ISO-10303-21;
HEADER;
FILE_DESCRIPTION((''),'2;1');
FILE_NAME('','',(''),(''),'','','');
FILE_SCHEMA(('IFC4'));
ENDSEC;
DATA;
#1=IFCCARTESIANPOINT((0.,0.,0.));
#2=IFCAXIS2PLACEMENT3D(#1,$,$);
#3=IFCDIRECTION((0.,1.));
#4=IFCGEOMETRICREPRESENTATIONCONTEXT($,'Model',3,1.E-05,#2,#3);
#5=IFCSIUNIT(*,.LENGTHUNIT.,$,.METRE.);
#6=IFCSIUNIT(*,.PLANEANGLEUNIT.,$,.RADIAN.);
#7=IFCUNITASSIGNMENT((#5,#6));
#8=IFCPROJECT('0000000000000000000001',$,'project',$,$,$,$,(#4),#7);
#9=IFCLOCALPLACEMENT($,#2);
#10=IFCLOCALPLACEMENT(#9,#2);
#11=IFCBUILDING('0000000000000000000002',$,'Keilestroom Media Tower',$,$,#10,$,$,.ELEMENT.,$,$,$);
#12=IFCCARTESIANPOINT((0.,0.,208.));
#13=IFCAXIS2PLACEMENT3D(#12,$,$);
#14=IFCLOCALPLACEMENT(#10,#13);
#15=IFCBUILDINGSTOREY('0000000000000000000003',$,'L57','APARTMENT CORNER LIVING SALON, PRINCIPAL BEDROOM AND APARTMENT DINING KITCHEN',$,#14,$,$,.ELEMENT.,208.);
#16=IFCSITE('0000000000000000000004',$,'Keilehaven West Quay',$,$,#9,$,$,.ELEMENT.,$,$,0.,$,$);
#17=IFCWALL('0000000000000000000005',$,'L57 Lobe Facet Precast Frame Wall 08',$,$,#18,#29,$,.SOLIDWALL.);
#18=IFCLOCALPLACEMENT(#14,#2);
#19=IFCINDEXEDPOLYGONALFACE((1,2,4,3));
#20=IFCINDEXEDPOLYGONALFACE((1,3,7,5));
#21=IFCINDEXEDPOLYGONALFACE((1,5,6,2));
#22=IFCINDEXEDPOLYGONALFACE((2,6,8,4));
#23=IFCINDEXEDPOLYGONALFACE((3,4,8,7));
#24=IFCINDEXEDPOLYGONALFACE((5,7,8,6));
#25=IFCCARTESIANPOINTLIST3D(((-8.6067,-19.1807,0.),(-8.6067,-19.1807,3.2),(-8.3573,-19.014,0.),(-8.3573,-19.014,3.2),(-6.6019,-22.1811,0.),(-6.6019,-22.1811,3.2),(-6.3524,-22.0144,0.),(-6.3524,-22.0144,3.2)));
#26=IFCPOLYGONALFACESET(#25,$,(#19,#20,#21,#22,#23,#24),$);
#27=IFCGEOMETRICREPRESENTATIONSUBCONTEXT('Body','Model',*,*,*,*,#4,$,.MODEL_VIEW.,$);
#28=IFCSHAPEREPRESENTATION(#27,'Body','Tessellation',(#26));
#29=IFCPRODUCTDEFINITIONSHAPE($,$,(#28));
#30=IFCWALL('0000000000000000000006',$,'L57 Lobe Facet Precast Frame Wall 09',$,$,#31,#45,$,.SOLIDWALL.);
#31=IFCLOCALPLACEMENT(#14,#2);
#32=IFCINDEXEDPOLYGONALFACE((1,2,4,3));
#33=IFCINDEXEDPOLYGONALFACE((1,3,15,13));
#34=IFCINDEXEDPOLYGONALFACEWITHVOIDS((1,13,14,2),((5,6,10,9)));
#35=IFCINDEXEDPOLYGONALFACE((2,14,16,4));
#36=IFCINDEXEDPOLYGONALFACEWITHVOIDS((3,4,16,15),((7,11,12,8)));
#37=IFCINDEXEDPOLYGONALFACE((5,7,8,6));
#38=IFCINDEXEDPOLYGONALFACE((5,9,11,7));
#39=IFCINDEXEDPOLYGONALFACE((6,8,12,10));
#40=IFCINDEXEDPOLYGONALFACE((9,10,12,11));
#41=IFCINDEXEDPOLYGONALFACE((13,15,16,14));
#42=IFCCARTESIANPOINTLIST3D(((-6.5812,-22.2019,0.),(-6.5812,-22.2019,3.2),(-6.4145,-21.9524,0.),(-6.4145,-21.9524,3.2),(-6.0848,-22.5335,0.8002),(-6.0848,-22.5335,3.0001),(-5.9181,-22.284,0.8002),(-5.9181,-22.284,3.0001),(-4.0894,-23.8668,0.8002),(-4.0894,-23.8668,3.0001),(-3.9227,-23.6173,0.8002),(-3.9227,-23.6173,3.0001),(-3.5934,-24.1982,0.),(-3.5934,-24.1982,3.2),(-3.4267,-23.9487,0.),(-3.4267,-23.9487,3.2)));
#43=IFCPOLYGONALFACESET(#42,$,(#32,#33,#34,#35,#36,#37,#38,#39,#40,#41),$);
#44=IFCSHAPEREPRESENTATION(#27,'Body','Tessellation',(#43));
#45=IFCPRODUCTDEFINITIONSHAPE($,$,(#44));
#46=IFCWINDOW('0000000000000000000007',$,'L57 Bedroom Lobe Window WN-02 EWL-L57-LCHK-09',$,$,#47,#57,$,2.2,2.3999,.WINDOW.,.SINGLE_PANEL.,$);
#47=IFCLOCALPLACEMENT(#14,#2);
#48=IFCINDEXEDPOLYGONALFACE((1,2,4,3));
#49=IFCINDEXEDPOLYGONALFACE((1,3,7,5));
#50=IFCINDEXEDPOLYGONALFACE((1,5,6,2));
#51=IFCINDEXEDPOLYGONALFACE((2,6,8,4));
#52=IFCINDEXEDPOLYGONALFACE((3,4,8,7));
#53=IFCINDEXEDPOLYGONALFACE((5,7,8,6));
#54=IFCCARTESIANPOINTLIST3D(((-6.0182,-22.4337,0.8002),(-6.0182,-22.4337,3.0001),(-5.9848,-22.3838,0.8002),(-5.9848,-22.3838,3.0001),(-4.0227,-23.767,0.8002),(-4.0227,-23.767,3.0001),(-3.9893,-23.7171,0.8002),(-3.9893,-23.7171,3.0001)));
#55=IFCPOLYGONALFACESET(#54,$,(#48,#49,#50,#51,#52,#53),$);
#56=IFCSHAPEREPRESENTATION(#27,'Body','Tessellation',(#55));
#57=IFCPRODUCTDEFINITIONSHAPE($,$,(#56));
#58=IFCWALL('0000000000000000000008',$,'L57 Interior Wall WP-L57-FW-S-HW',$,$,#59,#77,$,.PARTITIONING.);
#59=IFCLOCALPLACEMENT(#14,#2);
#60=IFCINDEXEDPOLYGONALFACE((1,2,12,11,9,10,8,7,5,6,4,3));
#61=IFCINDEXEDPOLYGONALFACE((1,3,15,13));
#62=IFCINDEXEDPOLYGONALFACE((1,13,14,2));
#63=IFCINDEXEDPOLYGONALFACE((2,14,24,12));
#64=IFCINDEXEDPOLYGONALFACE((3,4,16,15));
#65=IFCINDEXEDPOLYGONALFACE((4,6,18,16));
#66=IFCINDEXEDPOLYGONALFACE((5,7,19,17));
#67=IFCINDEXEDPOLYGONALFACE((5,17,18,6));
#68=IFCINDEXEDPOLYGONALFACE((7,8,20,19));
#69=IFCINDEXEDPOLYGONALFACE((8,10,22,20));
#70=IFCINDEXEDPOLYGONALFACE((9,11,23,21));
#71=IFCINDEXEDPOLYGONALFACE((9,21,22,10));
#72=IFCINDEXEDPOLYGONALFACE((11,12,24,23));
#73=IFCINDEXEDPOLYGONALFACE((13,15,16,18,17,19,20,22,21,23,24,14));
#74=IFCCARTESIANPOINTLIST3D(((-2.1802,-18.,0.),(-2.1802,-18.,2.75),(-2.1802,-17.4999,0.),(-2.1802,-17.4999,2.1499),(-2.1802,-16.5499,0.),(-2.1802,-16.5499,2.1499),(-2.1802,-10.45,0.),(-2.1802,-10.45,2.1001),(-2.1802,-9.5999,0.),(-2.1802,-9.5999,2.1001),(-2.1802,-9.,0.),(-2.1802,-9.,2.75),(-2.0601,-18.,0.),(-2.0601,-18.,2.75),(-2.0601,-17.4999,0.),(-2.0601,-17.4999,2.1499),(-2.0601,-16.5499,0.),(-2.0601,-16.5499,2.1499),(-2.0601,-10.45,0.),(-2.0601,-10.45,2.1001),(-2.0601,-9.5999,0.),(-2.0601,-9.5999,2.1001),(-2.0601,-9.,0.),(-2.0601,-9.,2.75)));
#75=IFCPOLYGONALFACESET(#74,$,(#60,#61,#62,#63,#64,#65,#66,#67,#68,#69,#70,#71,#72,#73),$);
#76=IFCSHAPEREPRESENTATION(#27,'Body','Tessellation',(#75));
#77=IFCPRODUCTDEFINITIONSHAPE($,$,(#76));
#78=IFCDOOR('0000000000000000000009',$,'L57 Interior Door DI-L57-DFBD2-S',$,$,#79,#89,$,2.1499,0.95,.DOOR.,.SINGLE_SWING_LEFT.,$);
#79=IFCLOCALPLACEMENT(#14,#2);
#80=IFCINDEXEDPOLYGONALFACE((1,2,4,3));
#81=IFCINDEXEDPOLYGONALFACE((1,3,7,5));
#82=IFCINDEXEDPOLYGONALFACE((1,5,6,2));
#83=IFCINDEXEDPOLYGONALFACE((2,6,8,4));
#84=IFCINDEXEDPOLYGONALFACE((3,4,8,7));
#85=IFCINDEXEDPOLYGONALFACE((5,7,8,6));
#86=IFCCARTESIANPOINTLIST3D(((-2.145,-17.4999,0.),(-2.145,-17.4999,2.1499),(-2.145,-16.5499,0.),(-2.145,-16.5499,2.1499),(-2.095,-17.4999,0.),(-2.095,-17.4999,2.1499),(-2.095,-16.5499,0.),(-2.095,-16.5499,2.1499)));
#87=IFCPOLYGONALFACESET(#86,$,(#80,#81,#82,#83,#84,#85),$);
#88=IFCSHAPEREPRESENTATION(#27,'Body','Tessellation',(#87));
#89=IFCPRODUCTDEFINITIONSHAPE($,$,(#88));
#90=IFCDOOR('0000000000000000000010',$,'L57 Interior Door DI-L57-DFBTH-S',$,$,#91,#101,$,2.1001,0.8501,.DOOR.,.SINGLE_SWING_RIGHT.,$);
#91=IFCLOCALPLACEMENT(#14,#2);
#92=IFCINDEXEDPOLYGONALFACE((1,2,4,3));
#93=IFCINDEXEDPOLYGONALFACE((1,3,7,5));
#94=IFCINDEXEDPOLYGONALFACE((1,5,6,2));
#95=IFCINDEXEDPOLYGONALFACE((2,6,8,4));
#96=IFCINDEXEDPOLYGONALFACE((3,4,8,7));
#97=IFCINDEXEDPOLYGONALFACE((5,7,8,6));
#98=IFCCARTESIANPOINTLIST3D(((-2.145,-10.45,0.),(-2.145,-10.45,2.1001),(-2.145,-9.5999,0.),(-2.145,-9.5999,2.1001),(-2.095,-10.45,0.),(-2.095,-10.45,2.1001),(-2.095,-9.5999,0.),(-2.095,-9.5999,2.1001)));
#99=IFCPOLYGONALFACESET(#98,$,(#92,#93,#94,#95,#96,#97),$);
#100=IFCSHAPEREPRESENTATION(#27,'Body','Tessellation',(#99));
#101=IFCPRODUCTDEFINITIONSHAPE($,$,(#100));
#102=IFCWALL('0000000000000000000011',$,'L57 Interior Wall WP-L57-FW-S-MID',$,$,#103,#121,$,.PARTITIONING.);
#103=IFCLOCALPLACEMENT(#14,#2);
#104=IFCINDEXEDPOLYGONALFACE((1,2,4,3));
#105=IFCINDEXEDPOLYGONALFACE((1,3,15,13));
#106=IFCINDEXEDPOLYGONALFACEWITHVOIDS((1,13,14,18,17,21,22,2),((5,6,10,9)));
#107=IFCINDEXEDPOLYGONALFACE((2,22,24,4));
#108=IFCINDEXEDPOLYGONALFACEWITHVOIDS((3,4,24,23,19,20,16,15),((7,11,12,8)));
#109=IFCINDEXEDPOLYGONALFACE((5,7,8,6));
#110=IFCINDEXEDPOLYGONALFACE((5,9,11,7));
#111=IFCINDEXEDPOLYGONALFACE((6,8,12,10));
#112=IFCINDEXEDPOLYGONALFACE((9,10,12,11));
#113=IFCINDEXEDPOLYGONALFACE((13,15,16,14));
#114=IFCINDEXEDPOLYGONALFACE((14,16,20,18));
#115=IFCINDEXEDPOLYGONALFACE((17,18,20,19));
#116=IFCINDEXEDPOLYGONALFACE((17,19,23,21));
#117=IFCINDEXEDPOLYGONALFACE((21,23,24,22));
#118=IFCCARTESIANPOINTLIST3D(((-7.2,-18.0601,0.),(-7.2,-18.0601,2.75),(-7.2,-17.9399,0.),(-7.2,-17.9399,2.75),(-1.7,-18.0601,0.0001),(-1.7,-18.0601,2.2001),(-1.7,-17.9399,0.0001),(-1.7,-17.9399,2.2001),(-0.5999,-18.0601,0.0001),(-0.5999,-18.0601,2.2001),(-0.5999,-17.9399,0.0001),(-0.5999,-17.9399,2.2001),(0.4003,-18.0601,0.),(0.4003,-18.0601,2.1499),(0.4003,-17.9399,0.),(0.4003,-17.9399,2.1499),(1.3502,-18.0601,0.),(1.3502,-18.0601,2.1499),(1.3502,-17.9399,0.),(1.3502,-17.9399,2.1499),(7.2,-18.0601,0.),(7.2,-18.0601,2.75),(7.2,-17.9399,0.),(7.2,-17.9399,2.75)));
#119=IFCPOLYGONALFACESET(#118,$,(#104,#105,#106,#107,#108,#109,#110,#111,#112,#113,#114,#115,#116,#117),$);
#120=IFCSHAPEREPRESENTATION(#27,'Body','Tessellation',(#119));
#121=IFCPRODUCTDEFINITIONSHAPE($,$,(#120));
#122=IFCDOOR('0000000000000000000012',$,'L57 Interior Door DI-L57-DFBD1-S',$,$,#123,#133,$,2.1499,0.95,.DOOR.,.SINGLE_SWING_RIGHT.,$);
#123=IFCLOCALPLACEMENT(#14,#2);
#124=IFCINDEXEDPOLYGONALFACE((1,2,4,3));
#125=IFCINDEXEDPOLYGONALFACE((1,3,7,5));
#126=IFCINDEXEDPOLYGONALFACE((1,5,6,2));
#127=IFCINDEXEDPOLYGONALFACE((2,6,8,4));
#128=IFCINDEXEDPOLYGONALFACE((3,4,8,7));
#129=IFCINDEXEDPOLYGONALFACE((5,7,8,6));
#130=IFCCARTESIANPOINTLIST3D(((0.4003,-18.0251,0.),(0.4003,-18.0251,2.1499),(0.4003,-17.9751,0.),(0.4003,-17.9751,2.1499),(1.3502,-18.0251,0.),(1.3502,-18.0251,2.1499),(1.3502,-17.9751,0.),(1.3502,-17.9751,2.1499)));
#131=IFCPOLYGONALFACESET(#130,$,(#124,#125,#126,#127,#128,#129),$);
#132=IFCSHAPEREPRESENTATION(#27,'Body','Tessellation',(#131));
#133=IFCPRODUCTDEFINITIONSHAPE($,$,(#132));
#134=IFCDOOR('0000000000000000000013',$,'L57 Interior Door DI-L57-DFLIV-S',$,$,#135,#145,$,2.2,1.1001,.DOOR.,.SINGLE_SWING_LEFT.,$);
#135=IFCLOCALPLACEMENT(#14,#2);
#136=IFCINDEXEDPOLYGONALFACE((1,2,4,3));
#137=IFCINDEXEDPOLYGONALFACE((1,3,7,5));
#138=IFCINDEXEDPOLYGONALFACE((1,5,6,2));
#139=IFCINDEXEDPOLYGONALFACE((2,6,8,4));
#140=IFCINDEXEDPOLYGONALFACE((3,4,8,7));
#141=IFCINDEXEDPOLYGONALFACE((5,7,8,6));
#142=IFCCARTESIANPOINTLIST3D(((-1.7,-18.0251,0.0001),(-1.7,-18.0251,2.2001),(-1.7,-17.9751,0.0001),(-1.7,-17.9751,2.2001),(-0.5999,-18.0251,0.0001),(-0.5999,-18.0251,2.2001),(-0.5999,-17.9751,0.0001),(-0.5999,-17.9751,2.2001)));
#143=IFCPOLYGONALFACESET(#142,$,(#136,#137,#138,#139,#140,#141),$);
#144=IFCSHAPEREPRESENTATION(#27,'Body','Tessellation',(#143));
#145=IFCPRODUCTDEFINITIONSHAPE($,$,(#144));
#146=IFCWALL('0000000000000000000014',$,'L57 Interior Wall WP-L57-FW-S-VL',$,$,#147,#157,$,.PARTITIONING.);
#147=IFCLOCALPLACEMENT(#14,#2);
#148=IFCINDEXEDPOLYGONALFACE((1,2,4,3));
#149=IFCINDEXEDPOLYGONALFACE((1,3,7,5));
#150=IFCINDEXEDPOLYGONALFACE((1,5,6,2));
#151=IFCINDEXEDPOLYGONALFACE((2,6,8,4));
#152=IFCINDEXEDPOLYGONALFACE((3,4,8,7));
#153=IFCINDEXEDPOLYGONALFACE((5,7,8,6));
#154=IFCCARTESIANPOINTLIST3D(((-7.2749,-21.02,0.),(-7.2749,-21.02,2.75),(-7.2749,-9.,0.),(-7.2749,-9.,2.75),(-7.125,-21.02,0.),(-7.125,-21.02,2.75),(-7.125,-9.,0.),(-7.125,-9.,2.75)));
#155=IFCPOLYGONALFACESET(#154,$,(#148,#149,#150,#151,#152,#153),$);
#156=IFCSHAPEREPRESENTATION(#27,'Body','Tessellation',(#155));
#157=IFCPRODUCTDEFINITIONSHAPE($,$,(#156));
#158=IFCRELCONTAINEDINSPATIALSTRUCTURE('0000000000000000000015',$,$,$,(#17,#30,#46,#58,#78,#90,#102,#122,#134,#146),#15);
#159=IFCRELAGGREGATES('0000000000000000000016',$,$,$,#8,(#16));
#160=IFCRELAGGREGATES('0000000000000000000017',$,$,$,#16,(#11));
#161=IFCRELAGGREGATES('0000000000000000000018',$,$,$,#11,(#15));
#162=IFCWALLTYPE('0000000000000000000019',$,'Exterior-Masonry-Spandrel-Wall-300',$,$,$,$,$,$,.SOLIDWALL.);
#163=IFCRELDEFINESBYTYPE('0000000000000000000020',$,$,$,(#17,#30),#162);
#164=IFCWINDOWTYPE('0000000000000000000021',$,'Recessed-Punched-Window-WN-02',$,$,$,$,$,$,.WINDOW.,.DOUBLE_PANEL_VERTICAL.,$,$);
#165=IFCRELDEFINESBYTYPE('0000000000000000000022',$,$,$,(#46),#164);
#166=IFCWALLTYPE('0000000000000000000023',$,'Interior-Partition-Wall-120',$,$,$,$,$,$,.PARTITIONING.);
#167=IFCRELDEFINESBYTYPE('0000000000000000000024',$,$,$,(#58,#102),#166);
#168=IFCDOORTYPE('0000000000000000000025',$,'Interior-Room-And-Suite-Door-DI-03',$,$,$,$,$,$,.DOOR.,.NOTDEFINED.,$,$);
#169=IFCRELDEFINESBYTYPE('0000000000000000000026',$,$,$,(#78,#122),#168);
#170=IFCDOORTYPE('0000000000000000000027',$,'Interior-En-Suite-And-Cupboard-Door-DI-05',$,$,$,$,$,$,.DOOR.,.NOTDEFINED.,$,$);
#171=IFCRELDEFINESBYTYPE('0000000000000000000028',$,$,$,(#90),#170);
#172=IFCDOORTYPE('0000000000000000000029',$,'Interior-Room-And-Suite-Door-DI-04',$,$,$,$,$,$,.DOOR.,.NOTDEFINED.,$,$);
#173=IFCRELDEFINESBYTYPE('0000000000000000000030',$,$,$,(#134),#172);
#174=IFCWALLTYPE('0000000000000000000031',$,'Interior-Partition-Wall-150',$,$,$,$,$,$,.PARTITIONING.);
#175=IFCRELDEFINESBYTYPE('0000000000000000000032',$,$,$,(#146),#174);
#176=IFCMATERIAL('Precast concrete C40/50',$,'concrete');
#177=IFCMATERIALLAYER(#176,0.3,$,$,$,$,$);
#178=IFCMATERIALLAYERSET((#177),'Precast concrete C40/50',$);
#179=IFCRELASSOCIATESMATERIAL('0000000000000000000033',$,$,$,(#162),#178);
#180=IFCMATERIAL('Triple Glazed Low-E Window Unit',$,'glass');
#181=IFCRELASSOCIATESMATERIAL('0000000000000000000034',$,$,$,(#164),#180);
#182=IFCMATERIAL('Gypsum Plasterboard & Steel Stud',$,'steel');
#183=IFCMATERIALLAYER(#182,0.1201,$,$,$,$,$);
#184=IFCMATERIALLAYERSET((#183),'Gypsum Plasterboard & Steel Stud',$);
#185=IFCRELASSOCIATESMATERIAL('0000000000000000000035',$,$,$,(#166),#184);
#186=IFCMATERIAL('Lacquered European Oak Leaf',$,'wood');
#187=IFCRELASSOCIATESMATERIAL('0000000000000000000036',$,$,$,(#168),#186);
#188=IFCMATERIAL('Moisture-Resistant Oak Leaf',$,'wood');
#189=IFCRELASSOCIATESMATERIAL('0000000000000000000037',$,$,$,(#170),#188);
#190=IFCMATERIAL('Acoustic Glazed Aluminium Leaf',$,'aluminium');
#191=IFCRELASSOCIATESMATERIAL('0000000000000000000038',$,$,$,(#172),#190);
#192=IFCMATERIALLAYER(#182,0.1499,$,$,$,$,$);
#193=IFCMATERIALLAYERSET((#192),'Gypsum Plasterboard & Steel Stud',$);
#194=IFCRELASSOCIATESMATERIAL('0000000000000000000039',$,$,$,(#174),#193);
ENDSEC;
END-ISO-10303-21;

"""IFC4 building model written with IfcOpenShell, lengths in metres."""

from ifc_helpers import new_model, si_unit, direction, frame, frame_2d, origin, place, context, subcontext, project, spatial, rectangle, extrude, source, transform, mapped, material, layer, layer_set, type_object, element, fill, save


model = new_model("IFC4")

# Units and contexts
model_context = context("Model", 3, precision=1e-05, world=origin(), true_north=direction((0.0, 1.0)))
body_context = subcontext(model_context, "Body", "Model", "MODEL_VIEW")
ifc_project = project(units=[si_unit("LENGTHUNIT", "METRE"), si_unit("PLANEANGLEUNIT", "RADIAN")], contexts=[model_context])

# Site, building, storey
site_placement = place(None, origin())
site = spatial("IfcSite", under=ifc_project, at=site_placement, Name="Keilehaven West Quay", CompositionType="ELEMENT", RefElevation=0.0)
building_placement = place(site_placement, origin())
building = spatial("IfcBuilding", under=site, at=building_placement, Name="Keilestroom Media Tower", CompositionType="ELEMENT")
storey_placement = place(building_placement, frame((0.0, 0.0, 208.0)))
storey = spatial("IfcBuildingStorey", under=building, at=storey_placement, Name="L57", Description="APARTMENT CORNER LIVING SALON, PRINCIPAL BEDROOM AND APARTMENT DINING KITCHEN", CompositionType="ELEMENT", Elevation=208.0)

# Wall
ifc_material_1 = material(Name="Precast concrete C40/50", Category="concrete")
ifc_layer_1 = layer(ifc_material_1, 0.3)
ifc_layer_set_1 = layer_set([ifc_layer_1], Name="Precast concrete C40/50")
wall_type_1 = type_object("IfcWallType", Name="Exterior-Masonry-Spandrel-Wall-300", PredefinedType="SOLIDWALL", material=ifc_layer_set_1)
wall_1_placement = place(storey_placement, frame((-8.4819, -19.0974, 0.0), z_axis=(0.0, 0.0, 1.0), x_axis=(0.555574, -0.831467, 0.0)))
element("IfcWall", 1, at=wall_1_placement, inside=storey, type_object=wall_type_1, Name="L57 Lobe Facet Precast Frame Wall 08", PredefinedType="SOLIDWALL", context=body_context, shape_type="SweptSolid", body=[
    extrude(rectangle(XDim=3.6086, YDim=0.3, at=frame_2d((1.8042, 0.0))), origin(), (0.0, 0.0, 1.0), 3.2),
])

# Wall, opening, window
wall_2_placement = place(storey_placement, frame((-6.4978, -22.0771, 0.0), z_axis=(0.0, 0.0, 1.0), x_axis=(0.831475, -0.555562, 0.0)))
wall_2 = element("IfcWall", 2, at=wall_2_placement, inside=storey, type_object=wall_type_1, Name="L57 Lobe Facet Precast Frame Wall 09", PredefinedType="SOLIDWALL", context=body_context, shape_type="SweptSolid", body=[
    extrude(rectangle(XDim=3.5933, YDim=0.3, at=frame_2d((1.7966, 0.0))), origin(), (0.0, 0.0, 1.0), 3.2),
])
opening_1_placement = place(wall_2_placement, frame((0.5969, 0.0, 0.8)))
opening_1 = element("IfcOpeningElement", 3, at=opening_1_placement, cuts=wall_2, PredefinedType="OPENING", context=body_context, shape_type="SweptSolid", body=[
    extrude(rectangle(XDim=2.3999, YDim=2.2, at=frame_2d((1.2, 1.1001))), frame((0.0, 0.1602, 0.0), z_axis=(0.0, -1.0, 0.0), x_axis=(1.0, 0.0, 0.0)), (0.0, 0.0, 1.0), 0.3201),
])
ifc_material_2 = material(Name="Triple Glazed Low-E Window Unit", Category="glass")
window_type = type_object("IfcWindowType", Name="Recessed-Punched-Window-WN-02", PartitioningType="DOUBLE_PANEL_VERTICAL", PredefinedType="WINDOW", material=ifc_material_2)
shared_shape_1 = source(origin(), body_context, "Body", "SweptSolid", [
    extrude(rectangle(XDim=2.3999, YDim=2.2, at=frame_2d((1.2, 1.1001))), frame((0.0, 0.03, 0.0), z_axis=(0.0, -1.0, 0.0), x_axis=(1.0, 0.0, 0.0)), (0.0, 0.0, 1.0), 0.0601),
])
window_placement = place(opening_1_placement, origin())
window = element("IfcWindow", 4, at=window_placement, inside=storey, type_object=window_type, Name="L57 Bedroom Lobe Window WN-02 EWL-L57-LCHK-09", OverallHeight=2.2, OverallWidth=2.3999, PartitioningType="SINGLE_PANEL", PredefinedType="WINDOW", context=body_context, shape_type="MappedRepresentation", body=[
    mapped(shared_shape_1, transform((0.0, 0.0, 0.0), x_axis=(1.0, 0.0, 0.0), y_axis=(0.0, 1.0, 0.0), z_axis=(0.0, 0.0, 1.0), scale=1.0)),
])
fill(opening_1, window)

# Walls, openings, doors
ifc_material_3 = material(Name="Gypsum Plasterboard & Steel Stud", Category="steel")
ifc_layer_2 = layer(ifc_material_3, 0.1201)
ifc_layer_set_2 = layer_set([ifc_layer_2], Name="Gypsum Plasterboard & Steel Stud")
wall_type_2 = type_object("IfcWallType", Name="Interior-Partition-Wall-120", PredefinedType="PARTITIONING", material=ifc_layer_set_2)
wall_3_placement = place(storey_placement, frame((-2.1201, -18.0, 0.0), z_axis=(0.0, 0.0, 1.0), x_axis=(0.0, 1.0, 0.0)))
wall_3 = element("IfcWall", 5, at=wall_3_placement, inside=storey, type_object=wall_type_2, Name="L57 Interior Wall WP-L57-FW-S-HW", PredefinedType="PARTITIONING", context=body_context, shape_type="SweptSolid", body=[
    extrude(rectangle(XDim=9.0, YDim=0.1201, at=frame_2d((4.5, 0.0))), origin(), (0.0, 0.0, 1.0), 2.75),
])
opening_2_placement = place(wall_3_placement, frame((7.55, 0.0, 0.0)))
opening_2 = element("IfcOpeningElement", 6, at=opening_2_placement, cuts=wall_3, PredefinedType="OPENING", context=body_context, shape_type="SweptSolid", body=[
    extrude(rectangle(XDim=0.8501, YDim=2.1001, at=frame_2d((0.425, 1.05))), frame((0.0, 0.0701, 0.0), z_axis=(0.0, -1.0, 0.0), x_axis=(1.0, 0.0, 0.0)), (0.0, 0.0, 1.0), 0.1401),
])
opening_3_placement = place(wall_3_placement, frame((0.5, 0.0, 0.0)))
opening_3 = element("IfcOpeningElement", 7, at=opening_3_placement, cuts=wall_3, PredefinedType="OPENING", context=body_context, shape_type="SweptSolid", body=[
    extrude(rectangle(XDim=0.95, YDim=2.1499, at=frame_2d((0.4751, 1.075))), frame((0.0, 0.0701, 0.0), z_axis=(0.0, -1.0, 0.0), x_axis=(1.0, 0.0, 0.0)), (0.0, 0.0, 1.0), 0.1401),
])
ifc_material_4 = material(Name="Lacquered European Oak Leaf", Category="wood")
door_type_1 = type_object("IfcDoorType", Name="Interior-Room-And-Suite-Door-DI-03", OperationType="NOTDEFINED", PredefinedType="DOOR", material=ifc_material_4)
shared_shape_2 = source(origin(), body_context, "Body", "SweptSolid", [
    extrude(rectangle(XDim=0.95, YDim=2.1499, at=frame_2d((0.4751, 1.075))), frame((0.0, 0.0249, 0.0), z_axis=(0.0, -1.0, 0.0), x_axis=(1.0, 0.0, 0.0)), (0.0, 0.0, 1.0), 0.05),
])
door_1_placement = place(opening_3_placement, origin())
door_1 = element("IfcDoor", 8, at=door_1_placement, inside=storey, type_object=door_type_1, Name="L57 Interior Door DI-L57-DFBD2-S", OperationType="SINGLE_SWING_LEFT", OverallHeight=2.1499, OverallWidth=0.95, PredefinedType="DOOR", context=body_context, shape_type="MappedRepresentation", body=[
    mapped(shared_shape_2, transform((0.0, 0.0, 0.0), x_axis=(1.0, 0.0, 0.0), y_axis=(0.0, 1.0, 0.0), z_axis=(0.0, 0.0, 1.0), scale=1.0)),
])
fill(opening_3, door_1)
ifc_material_5 = material(Name="Moisture-Resistant Oak Leaf", Category="wood")
door_type_2 = type_object("IfcDoorType", Name="Interior-En-Suite-And-Cupboard-Door-DI-05", OperationType="NOTDEFINED", PredefinedType="DOOR", material=ifc_material_5)
shared_shape_3 = source(origin(), body_context, "Body", "SweptSolid", [
    extrude(rectangle(XDim=0.8501, YDim=2.1001, at=frame_2d((0.425, 1.05))), frame((0.0, 0.0249, 0.0), z_axis=(0.0, -1.0, 0.0), x_axis=(1.0, 0.0, 0.0)), (0.0, 0.0, 1.0), 0.05),
])
door_2_placement = place(opening_2_placement, origin())
door_2 = element("IfcDoor", 9, at=door_2_placement, inside=storey, type_object=door_type_2, Name="L57 Interior Door DI-L57-DFBTH-S", OperationType="SINGLE_SWING_RIGHT", OverallHeight=2.1001, OverallWidth=0.8501, PredefinedType="DOOR", context=body_context, shape_type="MappedRepresentation", body=[
    mapped(shared_shape_3, transform((0.0, 0.0, 0.0), x_axis=(1.0, 0.0, 0.0), y_axis=(0.0, 1.0, 0.0), z_axis=(0.0, 0.0, 1.0), scale=1.0)),
])
fill(opening_2, door_2)
wall_4_placement = place(storey_placement, frame((-7.2, -18.0, 0.0), z_axis=(0.0, 0.0, 1.0), x_axis=(1.0, 0.0, 0.0)))
wall_4 = element("IfcWall", 10, at=wall_4_placement, inside=storey, type_object=wall_type_2, Name="L57 Interior Wall WP-L57-FW-S-MID", PredefinedType="PARTITIONING", context=body_context, shape_type="SweptSolid", body=[
    extrude(rectangle(XDim=14.3999, YDim=0.1201, at=frame_2d((7.2, 0.0))), origin(), (0.0, 0.0, 1.0), 2.75),
])
opening_4_placement = place(wall_4_placement, frame((5.5, 0.0, 0.0)))
opening_4 = element("IfcOpeningElement", 11, at=opening_4_placement, cuts=wall_4, PredefinedType="OPENING", context=body_context, shape_type="SweptSolid", body=[
    extrude(rectangle(XDim=1.1001, YDim=2.2, at=frame_2d((0.55, 1.1001))), frame((0.0, 0.0701, 0.0), z_axis=(0.0, -1.0, 0.0), x_axis=(1.0, 0.0, 0.0)), (0.0, 0.0, 1.0), 0.1401),
])
opening_5_placement = place(wall_4_placement, frame((7.6001, 0.0, 0.0)))
opening_5 = element("IfcOpeningElement", 12, at=opening_5_placement, cuts=wall_4, PredefinedType="OPENING", context=body_context, shape_type="SweptSolid", body=[
    extrude(rectangle(XDim=0.95, YDim=2.1499, at=frame_2d((0.4751, 1.075))), frame((0.0, 0.0701, 0.0), z_axis=(0.0, -1.0, 0.0), x_axis=(1.0, 0.0, 0.0)), (0.0, 0.0, 1.0), 0.1401),
])
door_3_placement = place(opening_5_placement, origin())
door_3 = element("IfcDoor", 13, at=door_3_placement, inside=storey, type_object=door_type_1, Name="L57 Interior Door DI-L57-DFBD1-S", OperationType="SINGLE_SWING_RIGHT", OverallHeight=2.1499, OverallWidth=0.95, PredefinedType="DOOR", context=body_context, shape_type="MappedRepresentation", body=[
    mapped(shared_shape_2, transform((0.0, 0.0, 0.0), x_axis=(1.0, 0.0, 0.0), y_axis=(0.0, 1.0, 0.0), z_axis=(0.0, 0.0, 1.0), scale=1.0)),
])
fill(opening_5, door_3)
ifc_material_6 = material(Name="Acoustic Glazed Aluminium Leaf", Category="aluminium")
door_type_3 = type_object("IfcDoorType", Name="Interior-Room-And-Suite-Door-DI-04", OperationType="NOTDEFINED", PredefinedType="DOOR", material=ifc_material_6)
shared_shape_4 = source(origin(), body_context, "Body", "SweptSolid", [
    extrude(rectangle(XDim=1.1001, YDim=2.2, at=frame_2d((0.55, 1.1001))), frame((0.0, 0.0249, 0.0), z_axis=(0.0, -1.0, 0.0), x_axis=(1.0, 0.0, 0.0)), (0.0, 0.0, 1.0), 0.05),
])
door_4_placement = place(opening_4_placement, origin())
door_4 = element("IfcDoor", 14, at=door_4_placement, inside=storey, type_object=door_type_3, Name="L57 Interior Door DI-L57-DFLIV-S", OperationType="SINGLE_SWING_LEFT", OverallHeight=2.2, OverallWidth=1.1001, PredefinedType="DOOR", context=body_context, shape_type="MappedRepresentation", body=[
    mapped(shared_shape_4, transform((0.0, 0.0, 0.0), x_axis=(1.0, 0.0, 0.0), y_axis=(0.0, 1.0, 0.0), z_axis=(0.0, 0.0, 1.0), scale=1.0)),
])
fill(opening_4, door_4)

# Wall
ifc_layer_3 = layer(ifc_material_3, 0.1499)
ifc_layer_set_3 = layer_set([ifc_layer_3], Name="Gypsum Plasterboard & Steel Stud")
wall_type_3 = type_object("IfcWallType", Name="Interior-Partition-Wall-150", PredefinedType="PARTITIONING", material=ifc_layer_set_3)
wall_5_placement = place(storey_placement, frame((-7.2, -21.02, 0.0), z_axis=(0.0, 0.0, 1.0), x_axis=(0.0, 1.0, 0.0)))
element("IfcWall", 15, at=wall_5_placement, inside=storey, type_object=wall_type_3, Name="L57 Interior Wall WP-L57-FW-S-VL", PredefinedType="PARTITIONING", context=body_context, shape_type="SweptSolid", body=[
    extrude(rectangle(XDim=12.02, YDim=0.1499, at=frame_2d((6.01, 0.0))), origin(), (0.0, 0.0, 1.0), 2.75),
])

save(model, "model.ifc")
